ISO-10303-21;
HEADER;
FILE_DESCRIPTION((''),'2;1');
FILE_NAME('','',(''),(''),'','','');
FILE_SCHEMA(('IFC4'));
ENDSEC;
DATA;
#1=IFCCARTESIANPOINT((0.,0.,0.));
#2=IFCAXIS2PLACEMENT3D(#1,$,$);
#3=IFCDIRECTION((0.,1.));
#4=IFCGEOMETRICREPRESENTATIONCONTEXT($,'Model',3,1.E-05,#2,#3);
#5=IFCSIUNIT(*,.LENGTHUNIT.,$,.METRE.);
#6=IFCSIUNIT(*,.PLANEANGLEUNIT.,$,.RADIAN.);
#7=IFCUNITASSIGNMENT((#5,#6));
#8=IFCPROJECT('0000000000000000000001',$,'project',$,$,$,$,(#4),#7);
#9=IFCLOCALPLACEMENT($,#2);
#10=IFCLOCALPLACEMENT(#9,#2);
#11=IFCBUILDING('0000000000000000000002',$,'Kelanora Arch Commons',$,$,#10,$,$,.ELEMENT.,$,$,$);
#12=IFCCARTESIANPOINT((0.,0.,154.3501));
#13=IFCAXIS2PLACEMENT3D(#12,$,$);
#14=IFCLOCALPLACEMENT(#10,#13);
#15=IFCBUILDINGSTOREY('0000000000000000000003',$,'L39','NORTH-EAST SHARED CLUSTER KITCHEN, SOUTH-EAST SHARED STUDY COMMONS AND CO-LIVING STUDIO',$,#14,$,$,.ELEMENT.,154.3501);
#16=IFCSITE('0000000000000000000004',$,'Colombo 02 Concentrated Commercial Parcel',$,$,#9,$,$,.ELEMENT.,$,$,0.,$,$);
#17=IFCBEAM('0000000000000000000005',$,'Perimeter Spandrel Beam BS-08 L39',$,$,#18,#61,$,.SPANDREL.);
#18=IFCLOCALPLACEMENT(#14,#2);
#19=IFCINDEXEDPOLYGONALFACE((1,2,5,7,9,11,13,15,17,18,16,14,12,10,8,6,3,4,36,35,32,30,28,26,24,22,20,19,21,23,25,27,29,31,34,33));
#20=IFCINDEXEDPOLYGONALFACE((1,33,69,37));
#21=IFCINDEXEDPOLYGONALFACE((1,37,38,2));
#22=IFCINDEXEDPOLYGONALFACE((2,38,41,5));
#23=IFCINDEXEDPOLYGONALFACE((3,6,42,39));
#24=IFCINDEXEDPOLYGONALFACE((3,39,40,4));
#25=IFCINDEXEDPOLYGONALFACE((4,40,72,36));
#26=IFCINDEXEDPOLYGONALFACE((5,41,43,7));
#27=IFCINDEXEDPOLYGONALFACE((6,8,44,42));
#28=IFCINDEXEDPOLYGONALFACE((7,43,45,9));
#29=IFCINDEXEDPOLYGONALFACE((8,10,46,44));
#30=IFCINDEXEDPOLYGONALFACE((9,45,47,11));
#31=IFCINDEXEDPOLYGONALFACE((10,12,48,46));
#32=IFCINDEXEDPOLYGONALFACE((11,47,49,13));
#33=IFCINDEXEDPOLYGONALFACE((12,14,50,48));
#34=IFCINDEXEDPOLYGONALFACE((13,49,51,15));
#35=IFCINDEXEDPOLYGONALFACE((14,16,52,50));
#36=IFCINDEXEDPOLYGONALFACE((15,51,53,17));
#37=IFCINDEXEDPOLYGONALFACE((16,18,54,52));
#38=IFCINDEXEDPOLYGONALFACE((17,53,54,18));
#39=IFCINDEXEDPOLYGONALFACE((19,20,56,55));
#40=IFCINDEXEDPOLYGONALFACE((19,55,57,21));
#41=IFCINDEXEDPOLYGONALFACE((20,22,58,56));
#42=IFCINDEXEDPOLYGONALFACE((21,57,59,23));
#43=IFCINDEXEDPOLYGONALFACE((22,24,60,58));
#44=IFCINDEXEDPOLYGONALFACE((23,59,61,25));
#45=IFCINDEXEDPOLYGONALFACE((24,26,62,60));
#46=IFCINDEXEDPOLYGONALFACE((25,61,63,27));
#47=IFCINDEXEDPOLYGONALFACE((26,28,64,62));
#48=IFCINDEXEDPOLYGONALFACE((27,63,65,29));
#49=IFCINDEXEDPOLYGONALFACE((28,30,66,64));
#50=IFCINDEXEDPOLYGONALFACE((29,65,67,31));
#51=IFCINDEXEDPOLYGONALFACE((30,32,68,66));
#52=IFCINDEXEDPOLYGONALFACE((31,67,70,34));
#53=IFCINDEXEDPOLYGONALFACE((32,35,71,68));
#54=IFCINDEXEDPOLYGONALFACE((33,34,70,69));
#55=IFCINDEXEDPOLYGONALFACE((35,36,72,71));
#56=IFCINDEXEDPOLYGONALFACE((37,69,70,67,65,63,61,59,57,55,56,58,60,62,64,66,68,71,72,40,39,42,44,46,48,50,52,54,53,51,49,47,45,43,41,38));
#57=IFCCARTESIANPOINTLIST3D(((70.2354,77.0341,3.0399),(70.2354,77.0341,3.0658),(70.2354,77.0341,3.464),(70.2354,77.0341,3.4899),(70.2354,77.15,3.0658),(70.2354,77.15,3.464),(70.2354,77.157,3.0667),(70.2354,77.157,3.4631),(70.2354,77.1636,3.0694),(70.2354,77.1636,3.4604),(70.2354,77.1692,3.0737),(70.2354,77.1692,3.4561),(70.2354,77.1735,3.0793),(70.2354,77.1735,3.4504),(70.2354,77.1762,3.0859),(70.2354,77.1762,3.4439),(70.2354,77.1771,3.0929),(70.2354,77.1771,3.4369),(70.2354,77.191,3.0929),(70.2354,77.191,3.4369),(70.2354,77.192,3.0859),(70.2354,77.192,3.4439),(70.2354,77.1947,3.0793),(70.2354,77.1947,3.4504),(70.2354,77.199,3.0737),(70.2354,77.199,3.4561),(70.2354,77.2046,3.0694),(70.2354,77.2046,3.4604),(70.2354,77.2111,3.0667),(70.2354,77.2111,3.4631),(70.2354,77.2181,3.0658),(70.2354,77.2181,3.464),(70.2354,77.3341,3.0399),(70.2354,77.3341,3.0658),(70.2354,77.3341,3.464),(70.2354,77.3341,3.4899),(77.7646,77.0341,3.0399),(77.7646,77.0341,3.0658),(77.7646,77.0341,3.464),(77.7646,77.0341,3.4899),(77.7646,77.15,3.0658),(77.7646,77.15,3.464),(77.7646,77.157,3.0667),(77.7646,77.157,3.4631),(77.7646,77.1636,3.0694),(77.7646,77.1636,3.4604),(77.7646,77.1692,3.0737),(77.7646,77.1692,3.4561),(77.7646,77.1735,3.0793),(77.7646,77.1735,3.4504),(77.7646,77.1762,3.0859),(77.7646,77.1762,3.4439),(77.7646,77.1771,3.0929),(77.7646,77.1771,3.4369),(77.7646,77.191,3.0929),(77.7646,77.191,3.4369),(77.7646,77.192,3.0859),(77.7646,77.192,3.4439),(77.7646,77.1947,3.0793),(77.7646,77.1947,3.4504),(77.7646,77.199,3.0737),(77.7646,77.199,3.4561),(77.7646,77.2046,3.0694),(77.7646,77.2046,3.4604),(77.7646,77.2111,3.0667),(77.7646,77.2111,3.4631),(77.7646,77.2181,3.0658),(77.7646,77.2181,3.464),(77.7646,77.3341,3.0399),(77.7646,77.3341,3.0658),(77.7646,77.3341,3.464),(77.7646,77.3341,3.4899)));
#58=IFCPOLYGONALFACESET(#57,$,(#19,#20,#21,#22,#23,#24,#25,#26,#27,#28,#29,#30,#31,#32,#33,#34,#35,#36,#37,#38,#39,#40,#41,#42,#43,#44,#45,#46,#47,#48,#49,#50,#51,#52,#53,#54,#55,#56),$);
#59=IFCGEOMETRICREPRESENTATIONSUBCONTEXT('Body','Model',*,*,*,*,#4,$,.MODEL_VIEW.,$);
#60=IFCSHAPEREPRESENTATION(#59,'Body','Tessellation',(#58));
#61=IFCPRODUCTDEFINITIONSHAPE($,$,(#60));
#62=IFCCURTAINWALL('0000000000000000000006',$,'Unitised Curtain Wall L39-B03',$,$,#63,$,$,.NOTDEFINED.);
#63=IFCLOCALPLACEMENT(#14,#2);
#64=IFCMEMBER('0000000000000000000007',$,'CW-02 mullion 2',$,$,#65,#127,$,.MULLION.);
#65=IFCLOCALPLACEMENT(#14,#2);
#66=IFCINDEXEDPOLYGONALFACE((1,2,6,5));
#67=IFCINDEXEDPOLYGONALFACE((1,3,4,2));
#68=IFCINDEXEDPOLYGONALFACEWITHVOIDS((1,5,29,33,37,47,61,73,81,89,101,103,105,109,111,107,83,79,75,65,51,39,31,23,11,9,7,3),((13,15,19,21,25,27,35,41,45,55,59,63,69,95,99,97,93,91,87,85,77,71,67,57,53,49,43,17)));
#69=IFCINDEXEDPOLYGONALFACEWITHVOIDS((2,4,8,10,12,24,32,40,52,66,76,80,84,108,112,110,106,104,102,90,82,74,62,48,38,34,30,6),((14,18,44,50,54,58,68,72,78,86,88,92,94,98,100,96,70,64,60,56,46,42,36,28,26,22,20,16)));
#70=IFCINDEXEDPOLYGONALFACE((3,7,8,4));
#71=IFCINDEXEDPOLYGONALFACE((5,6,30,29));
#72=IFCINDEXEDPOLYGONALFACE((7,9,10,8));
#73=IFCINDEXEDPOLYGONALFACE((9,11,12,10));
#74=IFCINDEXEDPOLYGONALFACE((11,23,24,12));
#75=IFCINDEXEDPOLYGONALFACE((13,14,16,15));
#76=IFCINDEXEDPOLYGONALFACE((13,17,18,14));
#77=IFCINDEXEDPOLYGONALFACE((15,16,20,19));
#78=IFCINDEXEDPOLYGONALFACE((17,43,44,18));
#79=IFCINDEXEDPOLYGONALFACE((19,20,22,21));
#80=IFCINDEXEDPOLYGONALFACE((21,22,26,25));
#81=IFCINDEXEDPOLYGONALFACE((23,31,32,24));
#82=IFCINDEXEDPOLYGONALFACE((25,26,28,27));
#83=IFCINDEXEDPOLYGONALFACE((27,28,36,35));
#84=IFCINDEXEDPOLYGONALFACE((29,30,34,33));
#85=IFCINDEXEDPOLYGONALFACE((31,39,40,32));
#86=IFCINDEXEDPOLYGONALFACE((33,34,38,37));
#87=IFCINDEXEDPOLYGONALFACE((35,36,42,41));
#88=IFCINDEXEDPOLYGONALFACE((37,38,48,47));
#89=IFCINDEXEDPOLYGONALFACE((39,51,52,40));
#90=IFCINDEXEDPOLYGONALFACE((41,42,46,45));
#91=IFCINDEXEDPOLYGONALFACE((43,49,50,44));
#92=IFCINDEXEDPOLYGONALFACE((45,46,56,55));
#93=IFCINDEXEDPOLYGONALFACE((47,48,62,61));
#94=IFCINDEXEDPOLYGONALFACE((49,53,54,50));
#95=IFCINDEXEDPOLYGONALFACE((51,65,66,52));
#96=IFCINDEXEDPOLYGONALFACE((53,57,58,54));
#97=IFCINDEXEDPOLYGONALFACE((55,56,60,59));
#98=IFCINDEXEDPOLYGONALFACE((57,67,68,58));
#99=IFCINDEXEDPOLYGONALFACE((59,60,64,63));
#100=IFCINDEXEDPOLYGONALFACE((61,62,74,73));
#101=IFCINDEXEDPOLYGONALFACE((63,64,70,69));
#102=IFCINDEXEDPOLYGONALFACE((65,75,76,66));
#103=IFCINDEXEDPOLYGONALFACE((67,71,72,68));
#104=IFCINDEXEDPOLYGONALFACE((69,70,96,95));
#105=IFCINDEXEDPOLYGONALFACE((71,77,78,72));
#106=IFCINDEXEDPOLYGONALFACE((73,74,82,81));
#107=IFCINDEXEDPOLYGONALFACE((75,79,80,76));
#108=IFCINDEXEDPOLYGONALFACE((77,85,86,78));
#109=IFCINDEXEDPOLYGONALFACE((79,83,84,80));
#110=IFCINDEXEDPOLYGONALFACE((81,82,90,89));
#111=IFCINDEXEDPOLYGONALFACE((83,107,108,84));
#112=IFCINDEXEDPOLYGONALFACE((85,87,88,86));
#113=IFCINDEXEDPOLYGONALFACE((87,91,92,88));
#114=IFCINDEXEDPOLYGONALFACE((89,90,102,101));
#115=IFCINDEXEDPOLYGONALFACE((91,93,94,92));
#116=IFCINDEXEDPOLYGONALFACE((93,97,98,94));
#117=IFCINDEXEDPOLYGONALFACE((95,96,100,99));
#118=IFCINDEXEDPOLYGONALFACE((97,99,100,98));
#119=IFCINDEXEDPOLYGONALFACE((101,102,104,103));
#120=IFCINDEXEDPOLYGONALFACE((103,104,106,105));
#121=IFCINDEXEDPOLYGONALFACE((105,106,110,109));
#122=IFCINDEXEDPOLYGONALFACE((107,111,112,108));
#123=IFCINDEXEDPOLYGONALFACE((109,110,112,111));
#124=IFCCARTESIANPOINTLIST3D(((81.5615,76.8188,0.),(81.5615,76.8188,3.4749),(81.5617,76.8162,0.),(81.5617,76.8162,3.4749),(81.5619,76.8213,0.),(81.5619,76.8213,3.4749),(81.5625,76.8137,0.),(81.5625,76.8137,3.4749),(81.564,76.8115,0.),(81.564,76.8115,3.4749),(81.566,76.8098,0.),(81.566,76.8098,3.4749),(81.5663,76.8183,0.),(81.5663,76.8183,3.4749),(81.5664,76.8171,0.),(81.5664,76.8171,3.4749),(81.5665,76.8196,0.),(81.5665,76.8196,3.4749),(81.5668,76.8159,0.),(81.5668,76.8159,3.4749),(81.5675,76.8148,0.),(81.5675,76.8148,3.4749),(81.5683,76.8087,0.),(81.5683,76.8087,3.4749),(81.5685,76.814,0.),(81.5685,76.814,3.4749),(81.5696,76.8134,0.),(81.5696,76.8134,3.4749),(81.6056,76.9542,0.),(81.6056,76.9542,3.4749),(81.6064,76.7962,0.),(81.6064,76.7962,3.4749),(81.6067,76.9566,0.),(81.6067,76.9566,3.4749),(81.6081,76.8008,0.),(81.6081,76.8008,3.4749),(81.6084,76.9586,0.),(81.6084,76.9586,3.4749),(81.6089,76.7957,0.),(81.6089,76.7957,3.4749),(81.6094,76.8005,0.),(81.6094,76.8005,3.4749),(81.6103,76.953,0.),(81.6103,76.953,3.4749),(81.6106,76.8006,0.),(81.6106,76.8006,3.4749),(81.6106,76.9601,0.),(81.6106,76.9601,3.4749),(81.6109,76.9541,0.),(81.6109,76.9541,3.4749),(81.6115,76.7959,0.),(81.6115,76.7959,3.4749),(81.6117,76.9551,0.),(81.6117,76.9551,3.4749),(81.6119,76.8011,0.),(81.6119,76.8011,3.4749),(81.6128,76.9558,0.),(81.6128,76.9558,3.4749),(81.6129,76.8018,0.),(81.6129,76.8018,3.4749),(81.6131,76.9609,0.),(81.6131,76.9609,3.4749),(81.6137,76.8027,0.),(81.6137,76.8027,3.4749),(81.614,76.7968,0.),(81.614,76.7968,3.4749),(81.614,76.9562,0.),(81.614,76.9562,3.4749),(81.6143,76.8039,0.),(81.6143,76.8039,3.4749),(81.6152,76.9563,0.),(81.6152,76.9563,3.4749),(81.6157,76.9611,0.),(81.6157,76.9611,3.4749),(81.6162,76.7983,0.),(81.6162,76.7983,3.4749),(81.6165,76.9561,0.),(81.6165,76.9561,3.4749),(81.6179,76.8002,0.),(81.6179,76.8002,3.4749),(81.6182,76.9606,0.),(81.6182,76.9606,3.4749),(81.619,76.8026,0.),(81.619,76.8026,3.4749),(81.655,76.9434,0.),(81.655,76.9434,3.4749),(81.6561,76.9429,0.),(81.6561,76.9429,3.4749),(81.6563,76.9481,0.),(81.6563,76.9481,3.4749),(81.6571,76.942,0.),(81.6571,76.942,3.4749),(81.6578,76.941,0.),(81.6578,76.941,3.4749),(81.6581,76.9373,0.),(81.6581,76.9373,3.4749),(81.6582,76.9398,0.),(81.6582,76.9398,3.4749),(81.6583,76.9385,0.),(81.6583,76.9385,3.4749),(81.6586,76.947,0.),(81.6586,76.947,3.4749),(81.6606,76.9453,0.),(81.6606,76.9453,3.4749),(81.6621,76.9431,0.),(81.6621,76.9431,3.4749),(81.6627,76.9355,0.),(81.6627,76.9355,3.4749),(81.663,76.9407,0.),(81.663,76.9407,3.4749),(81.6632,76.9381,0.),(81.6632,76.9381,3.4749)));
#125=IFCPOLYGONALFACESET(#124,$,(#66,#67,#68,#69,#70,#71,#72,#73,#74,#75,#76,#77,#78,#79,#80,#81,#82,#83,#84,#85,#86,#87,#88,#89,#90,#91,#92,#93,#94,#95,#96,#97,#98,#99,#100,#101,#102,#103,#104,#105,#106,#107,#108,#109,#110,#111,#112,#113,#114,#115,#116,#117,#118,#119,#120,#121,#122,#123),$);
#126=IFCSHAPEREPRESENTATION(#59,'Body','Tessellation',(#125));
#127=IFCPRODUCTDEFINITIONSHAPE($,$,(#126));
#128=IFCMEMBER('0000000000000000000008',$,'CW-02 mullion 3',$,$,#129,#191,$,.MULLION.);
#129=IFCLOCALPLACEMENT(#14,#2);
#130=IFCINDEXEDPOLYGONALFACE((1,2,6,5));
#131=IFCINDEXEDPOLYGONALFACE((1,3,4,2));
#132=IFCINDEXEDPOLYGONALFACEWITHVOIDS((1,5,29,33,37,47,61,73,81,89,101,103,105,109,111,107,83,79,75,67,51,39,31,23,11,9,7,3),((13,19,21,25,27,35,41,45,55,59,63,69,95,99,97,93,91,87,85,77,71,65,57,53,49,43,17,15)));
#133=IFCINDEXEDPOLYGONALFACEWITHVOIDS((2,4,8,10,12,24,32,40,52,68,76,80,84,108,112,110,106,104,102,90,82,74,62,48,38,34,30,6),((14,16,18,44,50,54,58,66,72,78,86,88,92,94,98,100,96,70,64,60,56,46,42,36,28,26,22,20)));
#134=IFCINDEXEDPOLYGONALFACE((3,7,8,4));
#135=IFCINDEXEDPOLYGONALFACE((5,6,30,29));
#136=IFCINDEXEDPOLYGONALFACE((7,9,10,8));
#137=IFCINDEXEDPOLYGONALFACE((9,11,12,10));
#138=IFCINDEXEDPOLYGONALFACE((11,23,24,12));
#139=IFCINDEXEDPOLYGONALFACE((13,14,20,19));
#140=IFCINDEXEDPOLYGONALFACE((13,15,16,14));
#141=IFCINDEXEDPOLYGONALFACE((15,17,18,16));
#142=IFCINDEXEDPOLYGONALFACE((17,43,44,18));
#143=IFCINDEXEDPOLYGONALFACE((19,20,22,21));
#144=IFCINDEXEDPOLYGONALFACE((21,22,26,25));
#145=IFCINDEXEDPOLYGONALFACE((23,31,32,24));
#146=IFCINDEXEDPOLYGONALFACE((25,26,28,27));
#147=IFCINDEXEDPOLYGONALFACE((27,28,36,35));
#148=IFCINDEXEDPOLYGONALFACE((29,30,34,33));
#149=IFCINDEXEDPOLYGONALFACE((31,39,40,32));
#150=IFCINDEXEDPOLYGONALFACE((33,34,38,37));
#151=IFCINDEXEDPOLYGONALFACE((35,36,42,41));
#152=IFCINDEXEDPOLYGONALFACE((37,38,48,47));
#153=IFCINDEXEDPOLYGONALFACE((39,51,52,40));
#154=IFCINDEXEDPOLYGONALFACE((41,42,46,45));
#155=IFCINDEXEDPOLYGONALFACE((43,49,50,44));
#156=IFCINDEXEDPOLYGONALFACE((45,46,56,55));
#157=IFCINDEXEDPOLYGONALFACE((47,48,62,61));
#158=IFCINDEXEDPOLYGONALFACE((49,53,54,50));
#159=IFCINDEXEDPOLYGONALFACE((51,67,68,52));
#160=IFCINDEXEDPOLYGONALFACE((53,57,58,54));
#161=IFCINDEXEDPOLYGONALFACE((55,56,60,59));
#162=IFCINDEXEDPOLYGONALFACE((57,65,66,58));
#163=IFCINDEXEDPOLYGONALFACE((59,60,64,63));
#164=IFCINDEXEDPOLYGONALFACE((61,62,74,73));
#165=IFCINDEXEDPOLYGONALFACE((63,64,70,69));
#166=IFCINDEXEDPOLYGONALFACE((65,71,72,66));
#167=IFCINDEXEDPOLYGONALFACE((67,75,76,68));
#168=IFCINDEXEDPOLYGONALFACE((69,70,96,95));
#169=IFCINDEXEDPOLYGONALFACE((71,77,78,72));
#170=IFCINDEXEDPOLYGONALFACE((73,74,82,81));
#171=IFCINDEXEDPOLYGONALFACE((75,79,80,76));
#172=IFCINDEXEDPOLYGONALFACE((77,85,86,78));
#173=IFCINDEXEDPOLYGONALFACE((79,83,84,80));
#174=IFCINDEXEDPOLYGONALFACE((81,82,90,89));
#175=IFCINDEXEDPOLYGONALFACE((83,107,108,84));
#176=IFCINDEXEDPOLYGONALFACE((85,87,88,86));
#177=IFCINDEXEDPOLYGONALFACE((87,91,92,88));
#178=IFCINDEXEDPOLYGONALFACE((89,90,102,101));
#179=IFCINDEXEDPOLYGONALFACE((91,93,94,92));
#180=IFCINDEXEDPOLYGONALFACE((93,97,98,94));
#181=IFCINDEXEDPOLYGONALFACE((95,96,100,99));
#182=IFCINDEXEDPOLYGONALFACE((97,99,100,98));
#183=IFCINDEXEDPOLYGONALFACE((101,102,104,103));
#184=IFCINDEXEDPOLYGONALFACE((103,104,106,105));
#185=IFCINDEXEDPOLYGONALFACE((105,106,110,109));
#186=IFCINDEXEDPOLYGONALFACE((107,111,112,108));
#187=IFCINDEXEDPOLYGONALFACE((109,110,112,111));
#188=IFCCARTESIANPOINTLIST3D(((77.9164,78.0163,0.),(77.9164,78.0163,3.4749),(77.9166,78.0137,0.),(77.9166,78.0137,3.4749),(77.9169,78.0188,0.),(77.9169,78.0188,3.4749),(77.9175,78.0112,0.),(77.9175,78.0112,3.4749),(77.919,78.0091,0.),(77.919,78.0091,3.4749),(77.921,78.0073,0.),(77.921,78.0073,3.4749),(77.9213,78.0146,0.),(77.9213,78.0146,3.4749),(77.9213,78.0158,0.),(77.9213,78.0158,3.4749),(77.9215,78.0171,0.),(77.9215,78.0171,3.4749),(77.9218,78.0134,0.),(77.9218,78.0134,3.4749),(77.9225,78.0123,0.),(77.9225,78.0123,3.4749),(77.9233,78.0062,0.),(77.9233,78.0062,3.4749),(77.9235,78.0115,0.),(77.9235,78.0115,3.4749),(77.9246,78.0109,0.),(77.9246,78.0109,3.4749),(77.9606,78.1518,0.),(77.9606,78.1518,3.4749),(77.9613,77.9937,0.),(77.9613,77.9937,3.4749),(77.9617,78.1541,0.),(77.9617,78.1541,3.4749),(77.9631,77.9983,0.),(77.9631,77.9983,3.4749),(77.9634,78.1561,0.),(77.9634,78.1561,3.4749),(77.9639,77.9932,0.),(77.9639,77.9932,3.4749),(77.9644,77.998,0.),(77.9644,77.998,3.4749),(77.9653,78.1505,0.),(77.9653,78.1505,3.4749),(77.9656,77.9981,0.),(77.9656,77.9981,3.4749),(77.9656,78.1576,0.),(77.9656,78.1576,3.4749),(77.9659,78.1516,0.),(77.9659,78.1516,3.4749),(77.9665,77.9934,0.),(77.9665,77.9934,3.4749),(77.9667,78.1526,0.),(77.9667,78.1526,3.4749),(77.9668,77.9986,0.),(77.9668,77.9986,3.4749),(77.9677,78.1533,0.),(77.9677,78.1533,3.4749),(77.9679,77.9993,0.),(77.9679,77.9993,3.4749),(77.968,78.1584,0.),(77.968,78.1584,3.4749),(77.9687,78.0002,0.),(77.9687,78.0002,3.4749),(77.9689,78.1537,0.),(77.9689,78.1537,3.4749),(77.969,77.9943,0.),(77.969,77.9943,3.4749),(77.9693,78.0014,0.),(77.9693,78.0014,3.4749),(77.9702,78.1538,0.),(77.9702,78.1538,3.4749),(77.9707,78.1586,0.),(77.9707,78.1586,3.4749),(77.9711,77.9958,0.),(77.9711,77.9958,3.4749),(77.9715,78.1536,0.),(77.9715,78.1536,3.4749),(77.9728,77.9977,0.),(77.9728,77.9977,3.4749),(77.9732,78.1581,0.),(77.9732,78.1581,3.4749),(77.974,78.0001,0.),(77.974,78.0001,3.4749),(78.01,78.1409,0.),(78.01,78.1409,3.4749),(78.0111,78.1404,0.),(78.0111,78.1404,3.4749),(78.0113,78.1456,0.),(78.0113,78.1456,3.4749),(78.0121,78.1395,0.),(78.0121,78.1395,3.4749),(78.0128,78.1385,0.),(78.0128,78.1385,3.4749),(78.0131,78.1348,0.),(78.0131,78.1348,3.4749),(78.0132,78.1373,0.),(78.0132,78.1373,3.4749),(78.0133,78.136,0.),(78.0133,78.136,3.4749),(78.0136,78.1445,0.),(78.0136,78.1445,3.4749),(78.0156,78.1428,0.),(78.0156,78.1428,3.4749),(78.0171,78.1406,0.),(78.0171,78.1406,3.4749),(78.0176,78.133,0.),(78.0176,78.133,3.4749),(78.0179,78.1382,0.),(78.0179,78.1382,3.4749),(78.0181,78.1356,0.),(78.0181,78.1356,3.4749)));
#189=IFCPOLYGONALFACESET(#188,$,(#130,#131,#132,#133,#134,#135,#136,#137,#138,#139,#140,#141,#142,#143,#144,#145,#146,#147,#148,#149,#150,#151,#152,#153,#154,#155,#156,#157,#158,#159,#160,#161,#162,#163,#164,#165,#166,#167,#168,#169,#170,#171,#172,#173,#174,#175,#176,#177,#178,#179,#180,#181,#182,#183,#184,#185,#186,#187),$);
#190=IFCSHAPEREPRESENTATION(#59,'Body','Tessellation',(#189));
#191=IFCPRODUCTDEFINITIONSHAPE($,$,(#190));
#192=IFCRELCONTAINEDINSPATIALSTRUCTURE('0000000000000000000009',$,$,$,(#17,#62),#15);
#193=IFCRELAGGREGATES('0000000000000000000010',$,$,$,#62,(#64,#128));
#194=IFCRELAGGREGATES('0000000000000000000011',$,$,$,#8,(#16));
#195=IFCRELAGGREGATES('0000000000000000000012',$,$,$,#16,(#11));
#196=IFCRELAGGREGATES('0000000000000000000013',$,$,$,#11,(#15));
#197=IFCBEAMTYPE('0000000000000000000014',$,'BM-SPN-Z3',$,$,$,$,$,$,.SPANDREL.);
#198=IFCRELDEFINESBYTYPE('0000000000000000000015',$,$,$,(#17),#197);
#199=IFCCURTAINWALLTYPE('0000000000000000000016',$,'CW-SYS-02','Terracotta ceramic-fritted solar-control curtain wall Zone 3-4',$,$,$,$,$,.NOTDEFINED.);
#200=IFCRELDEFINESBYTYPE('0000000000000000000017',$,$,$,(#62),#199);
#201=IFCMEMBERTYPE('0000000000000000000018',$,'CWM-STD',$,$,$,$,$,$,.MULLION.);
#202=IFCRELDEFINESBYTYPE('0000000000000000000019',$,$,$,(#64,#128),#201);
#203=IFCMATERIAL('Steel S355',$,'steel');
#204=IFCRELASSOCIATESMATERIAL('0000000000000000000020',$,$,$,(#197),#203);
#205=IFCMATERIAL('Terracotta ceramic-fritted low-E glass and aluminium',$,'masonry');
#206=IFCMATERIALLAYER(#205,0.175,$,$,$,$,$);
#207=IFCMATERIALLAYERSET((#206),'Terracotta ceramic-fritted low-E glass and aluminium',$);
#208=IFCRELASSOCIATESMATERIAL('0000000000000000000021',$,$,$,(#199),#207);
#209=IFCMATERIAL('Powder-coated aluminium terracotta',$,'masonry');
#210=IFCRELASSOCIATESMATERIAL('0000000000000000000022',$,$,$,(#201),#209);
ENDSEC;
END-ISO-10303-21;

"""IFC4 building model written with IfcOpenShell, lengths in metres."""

from ifc_helpers import new_model, si_unit, direction, frame, origin, origin_2d, place, context, subcontext, project, spatial, hollow_rectangle, i_section, extrude, material, layer, layer_set, material_profile, profile_set, type_object, element, aggregate, save


model = new_model("IFC4")

# Units and contexts
model_context = context("Model", 3, precision=1e-05, world=origin(), true_north=direction((0.0, 1.0)))
body_context = subcontext(model_context, "Body", "Model", "MODEL_VIEW")
ifc_project = project(units=[si_unit("LENGTHUNIT", "METRE"), si_unit("PLANEANGLEUNIT", "RADIAN")], contexts=[model_context])

# Site, building, storey
site_placement = place(None, origin())
site = spatial("IfcSite", under=ifc_project, at=site_placement, Name="Colombo 02 Concentrated Commercial Parcel", CompositionType="ELEMENT", RefElevation=0.0)
building_placement = place(site_placement, origin())
building = spatial("IfcBuilding", under=site, at=building_placement, Name="Kelanora Arch Commons", CompositionType="ELEMENT")
storey_placement = place(building_placement, frame((0.0, 0.0, 154.3501)))
storey = spatial("IfcBuildingStorey", under=building, at=storey_placement, Name="L39", Description="NORTH-EAST SHARED CLUSTER KITCHEN, SOUTH-EAST SHARED STUDY COMMONS AND CO-LIVING STUDIO", CompositionType="ELEMENT", Elevation=154.3501)

# Beam
ifc_material_1 = material(Name="Steel S355", Category="steel")
ifc_material_profile_1 = material_profile(ifc_material_1, i_section(OverallWidth=0.3, OverallDepth=0.45, WebThickness=0.0139, FlangeThickness=0.0259, FilletRadius=0.0271, at=origin_2d()), Name="HEB450")
ifc_profile_set_1 = profile_set([ifc_material_profile_1], Name="Steel S355")
beam_type_1 = type_object("IfcBeamType", Name="BM-SPN-Z3", PredefinedType="SPANDREL", material=ifc_profile_set_1)
beam_1_placement = place(storey_placement, frame((77.7646, 77.1841, 3.2649), z_axis=(-1.0, 0.0, 0.0), x_axis=(0.0, -1.0, 0.0)))
element("IfcBeam", 1, at=beam_1_placement, inside=storey, type_object=beam_type_1, Name="Perimeter Spandrel Beam BS-08 L39", PredefinedType="SPANDREL", context=body_context, shape_type="SweptSolid", body=[
    extrude(i_section(OverallWidth=0.3, OverallDepth=0.45, WebThickness=0.0139, FlangeThickness=0.0259, FilletRadius=0.0271, at=origin_2d()), origin(), (0.0, 0.0, 1.0), 7.5293),
])

# Curtain wall, members
ifc_material_2 = material(Name="Terracotta ceramic-fritted low-E glass and aluminium", Category="masonry")
ifc_layer_1 = layer(ifc_material_2, 0.175)
ifc_layer_set_1 = layer_set([ifc_layer_1], Name="Terracotta ceramic-fritted low-E glass and aluminium")
curtain_wall_type = type_object("IfcCurtainWallType", Name="CW-SYS-02", Description="Terracotta ceramic-fritted solar-control curtain wall Zone 3-4", PredefinedType="NOTDEFINED", material=ifc_layer_set_1)
curtain_wall_placement = place(storey_placement, origin())
curtain_wall = element("IfcCurtainWall", 2, at=curtain_wall_placement, inside=storey, type_object=curtain_wall_type, Name="Unitised Curtain Wall L39-B03", PredefinedType="NOTDEFINED")
ifc_material_3 = material(Name="Powder-coated aluminium terracotta", Category="masonry")
ifc_material_profile_2 = material_profile(ifc_material_3, hollow_rectangle(XDim=0.1599, YDim=0.0601, WallThickness=0.0049, InnerFilletRadius=0.0049, OuterFilletRadius=0.01, at=origin_2d()), Name="CWM160x60")
ifc_profile_set_2 = profile_set([ifc_material_profile_2], Name="Powder-coated aluminium terracotta")
member_type_1 = type_object("IfcMemberType", Name="CWM-STD", PredefinedType="MULLION", material=ifc_profile_set_2)
member_1_placement = place(storey_placement, frame((81.6123, 76.8784, 0.0), z_axis=(0.0, 0.0, 1.0), x_axis=(-0.312128, -0.95004, 0.0)))
member_1 = element("IfcMember", 3, at=member_1_placement, type_object=member_type_1, Name="CW-02 mullion 2", PredefinedType="MULLION", context=body_context, shape_type="SweptSolid", body=[
    extrude(hollow_rectangle(XDim=0.1599, YDim=0.0601, WallThickness=0.0049, InnerFilletRadius=0.0049, OuterFilletRadius=0.01, at=origin_2d()), origin(), (0.0, 0.0, 1.0), 3.4749),
])
member_2_placement = place(storey_placement, frame((77.9673, 78.0759, 0.0), z_axis=(0.0, 0.0, 1.0), x_axis=(-0.312128, -0.95004, 0.0)))
member_2 = element("IfcMember", 4, at=member_2_placement, type_object=member_type_1, Name="CW-02 mullion 3", PredefinedType="MULLION", context=body_context, shape_type="SweptSolid", body=[
    extrude(hollow_rectangle(XDim=0.1599, YDim=0.0601, WallThickness=0.0049, InnerFilletRadius=0.0049, OuterFilletRadius=0.01, at=origin_2d()), origin(), (0.0, 0.0, 1.0), 3.4749),
])
aggregate(curtain_wall, [member_1, member_2])

save(model, "model.ifc")
